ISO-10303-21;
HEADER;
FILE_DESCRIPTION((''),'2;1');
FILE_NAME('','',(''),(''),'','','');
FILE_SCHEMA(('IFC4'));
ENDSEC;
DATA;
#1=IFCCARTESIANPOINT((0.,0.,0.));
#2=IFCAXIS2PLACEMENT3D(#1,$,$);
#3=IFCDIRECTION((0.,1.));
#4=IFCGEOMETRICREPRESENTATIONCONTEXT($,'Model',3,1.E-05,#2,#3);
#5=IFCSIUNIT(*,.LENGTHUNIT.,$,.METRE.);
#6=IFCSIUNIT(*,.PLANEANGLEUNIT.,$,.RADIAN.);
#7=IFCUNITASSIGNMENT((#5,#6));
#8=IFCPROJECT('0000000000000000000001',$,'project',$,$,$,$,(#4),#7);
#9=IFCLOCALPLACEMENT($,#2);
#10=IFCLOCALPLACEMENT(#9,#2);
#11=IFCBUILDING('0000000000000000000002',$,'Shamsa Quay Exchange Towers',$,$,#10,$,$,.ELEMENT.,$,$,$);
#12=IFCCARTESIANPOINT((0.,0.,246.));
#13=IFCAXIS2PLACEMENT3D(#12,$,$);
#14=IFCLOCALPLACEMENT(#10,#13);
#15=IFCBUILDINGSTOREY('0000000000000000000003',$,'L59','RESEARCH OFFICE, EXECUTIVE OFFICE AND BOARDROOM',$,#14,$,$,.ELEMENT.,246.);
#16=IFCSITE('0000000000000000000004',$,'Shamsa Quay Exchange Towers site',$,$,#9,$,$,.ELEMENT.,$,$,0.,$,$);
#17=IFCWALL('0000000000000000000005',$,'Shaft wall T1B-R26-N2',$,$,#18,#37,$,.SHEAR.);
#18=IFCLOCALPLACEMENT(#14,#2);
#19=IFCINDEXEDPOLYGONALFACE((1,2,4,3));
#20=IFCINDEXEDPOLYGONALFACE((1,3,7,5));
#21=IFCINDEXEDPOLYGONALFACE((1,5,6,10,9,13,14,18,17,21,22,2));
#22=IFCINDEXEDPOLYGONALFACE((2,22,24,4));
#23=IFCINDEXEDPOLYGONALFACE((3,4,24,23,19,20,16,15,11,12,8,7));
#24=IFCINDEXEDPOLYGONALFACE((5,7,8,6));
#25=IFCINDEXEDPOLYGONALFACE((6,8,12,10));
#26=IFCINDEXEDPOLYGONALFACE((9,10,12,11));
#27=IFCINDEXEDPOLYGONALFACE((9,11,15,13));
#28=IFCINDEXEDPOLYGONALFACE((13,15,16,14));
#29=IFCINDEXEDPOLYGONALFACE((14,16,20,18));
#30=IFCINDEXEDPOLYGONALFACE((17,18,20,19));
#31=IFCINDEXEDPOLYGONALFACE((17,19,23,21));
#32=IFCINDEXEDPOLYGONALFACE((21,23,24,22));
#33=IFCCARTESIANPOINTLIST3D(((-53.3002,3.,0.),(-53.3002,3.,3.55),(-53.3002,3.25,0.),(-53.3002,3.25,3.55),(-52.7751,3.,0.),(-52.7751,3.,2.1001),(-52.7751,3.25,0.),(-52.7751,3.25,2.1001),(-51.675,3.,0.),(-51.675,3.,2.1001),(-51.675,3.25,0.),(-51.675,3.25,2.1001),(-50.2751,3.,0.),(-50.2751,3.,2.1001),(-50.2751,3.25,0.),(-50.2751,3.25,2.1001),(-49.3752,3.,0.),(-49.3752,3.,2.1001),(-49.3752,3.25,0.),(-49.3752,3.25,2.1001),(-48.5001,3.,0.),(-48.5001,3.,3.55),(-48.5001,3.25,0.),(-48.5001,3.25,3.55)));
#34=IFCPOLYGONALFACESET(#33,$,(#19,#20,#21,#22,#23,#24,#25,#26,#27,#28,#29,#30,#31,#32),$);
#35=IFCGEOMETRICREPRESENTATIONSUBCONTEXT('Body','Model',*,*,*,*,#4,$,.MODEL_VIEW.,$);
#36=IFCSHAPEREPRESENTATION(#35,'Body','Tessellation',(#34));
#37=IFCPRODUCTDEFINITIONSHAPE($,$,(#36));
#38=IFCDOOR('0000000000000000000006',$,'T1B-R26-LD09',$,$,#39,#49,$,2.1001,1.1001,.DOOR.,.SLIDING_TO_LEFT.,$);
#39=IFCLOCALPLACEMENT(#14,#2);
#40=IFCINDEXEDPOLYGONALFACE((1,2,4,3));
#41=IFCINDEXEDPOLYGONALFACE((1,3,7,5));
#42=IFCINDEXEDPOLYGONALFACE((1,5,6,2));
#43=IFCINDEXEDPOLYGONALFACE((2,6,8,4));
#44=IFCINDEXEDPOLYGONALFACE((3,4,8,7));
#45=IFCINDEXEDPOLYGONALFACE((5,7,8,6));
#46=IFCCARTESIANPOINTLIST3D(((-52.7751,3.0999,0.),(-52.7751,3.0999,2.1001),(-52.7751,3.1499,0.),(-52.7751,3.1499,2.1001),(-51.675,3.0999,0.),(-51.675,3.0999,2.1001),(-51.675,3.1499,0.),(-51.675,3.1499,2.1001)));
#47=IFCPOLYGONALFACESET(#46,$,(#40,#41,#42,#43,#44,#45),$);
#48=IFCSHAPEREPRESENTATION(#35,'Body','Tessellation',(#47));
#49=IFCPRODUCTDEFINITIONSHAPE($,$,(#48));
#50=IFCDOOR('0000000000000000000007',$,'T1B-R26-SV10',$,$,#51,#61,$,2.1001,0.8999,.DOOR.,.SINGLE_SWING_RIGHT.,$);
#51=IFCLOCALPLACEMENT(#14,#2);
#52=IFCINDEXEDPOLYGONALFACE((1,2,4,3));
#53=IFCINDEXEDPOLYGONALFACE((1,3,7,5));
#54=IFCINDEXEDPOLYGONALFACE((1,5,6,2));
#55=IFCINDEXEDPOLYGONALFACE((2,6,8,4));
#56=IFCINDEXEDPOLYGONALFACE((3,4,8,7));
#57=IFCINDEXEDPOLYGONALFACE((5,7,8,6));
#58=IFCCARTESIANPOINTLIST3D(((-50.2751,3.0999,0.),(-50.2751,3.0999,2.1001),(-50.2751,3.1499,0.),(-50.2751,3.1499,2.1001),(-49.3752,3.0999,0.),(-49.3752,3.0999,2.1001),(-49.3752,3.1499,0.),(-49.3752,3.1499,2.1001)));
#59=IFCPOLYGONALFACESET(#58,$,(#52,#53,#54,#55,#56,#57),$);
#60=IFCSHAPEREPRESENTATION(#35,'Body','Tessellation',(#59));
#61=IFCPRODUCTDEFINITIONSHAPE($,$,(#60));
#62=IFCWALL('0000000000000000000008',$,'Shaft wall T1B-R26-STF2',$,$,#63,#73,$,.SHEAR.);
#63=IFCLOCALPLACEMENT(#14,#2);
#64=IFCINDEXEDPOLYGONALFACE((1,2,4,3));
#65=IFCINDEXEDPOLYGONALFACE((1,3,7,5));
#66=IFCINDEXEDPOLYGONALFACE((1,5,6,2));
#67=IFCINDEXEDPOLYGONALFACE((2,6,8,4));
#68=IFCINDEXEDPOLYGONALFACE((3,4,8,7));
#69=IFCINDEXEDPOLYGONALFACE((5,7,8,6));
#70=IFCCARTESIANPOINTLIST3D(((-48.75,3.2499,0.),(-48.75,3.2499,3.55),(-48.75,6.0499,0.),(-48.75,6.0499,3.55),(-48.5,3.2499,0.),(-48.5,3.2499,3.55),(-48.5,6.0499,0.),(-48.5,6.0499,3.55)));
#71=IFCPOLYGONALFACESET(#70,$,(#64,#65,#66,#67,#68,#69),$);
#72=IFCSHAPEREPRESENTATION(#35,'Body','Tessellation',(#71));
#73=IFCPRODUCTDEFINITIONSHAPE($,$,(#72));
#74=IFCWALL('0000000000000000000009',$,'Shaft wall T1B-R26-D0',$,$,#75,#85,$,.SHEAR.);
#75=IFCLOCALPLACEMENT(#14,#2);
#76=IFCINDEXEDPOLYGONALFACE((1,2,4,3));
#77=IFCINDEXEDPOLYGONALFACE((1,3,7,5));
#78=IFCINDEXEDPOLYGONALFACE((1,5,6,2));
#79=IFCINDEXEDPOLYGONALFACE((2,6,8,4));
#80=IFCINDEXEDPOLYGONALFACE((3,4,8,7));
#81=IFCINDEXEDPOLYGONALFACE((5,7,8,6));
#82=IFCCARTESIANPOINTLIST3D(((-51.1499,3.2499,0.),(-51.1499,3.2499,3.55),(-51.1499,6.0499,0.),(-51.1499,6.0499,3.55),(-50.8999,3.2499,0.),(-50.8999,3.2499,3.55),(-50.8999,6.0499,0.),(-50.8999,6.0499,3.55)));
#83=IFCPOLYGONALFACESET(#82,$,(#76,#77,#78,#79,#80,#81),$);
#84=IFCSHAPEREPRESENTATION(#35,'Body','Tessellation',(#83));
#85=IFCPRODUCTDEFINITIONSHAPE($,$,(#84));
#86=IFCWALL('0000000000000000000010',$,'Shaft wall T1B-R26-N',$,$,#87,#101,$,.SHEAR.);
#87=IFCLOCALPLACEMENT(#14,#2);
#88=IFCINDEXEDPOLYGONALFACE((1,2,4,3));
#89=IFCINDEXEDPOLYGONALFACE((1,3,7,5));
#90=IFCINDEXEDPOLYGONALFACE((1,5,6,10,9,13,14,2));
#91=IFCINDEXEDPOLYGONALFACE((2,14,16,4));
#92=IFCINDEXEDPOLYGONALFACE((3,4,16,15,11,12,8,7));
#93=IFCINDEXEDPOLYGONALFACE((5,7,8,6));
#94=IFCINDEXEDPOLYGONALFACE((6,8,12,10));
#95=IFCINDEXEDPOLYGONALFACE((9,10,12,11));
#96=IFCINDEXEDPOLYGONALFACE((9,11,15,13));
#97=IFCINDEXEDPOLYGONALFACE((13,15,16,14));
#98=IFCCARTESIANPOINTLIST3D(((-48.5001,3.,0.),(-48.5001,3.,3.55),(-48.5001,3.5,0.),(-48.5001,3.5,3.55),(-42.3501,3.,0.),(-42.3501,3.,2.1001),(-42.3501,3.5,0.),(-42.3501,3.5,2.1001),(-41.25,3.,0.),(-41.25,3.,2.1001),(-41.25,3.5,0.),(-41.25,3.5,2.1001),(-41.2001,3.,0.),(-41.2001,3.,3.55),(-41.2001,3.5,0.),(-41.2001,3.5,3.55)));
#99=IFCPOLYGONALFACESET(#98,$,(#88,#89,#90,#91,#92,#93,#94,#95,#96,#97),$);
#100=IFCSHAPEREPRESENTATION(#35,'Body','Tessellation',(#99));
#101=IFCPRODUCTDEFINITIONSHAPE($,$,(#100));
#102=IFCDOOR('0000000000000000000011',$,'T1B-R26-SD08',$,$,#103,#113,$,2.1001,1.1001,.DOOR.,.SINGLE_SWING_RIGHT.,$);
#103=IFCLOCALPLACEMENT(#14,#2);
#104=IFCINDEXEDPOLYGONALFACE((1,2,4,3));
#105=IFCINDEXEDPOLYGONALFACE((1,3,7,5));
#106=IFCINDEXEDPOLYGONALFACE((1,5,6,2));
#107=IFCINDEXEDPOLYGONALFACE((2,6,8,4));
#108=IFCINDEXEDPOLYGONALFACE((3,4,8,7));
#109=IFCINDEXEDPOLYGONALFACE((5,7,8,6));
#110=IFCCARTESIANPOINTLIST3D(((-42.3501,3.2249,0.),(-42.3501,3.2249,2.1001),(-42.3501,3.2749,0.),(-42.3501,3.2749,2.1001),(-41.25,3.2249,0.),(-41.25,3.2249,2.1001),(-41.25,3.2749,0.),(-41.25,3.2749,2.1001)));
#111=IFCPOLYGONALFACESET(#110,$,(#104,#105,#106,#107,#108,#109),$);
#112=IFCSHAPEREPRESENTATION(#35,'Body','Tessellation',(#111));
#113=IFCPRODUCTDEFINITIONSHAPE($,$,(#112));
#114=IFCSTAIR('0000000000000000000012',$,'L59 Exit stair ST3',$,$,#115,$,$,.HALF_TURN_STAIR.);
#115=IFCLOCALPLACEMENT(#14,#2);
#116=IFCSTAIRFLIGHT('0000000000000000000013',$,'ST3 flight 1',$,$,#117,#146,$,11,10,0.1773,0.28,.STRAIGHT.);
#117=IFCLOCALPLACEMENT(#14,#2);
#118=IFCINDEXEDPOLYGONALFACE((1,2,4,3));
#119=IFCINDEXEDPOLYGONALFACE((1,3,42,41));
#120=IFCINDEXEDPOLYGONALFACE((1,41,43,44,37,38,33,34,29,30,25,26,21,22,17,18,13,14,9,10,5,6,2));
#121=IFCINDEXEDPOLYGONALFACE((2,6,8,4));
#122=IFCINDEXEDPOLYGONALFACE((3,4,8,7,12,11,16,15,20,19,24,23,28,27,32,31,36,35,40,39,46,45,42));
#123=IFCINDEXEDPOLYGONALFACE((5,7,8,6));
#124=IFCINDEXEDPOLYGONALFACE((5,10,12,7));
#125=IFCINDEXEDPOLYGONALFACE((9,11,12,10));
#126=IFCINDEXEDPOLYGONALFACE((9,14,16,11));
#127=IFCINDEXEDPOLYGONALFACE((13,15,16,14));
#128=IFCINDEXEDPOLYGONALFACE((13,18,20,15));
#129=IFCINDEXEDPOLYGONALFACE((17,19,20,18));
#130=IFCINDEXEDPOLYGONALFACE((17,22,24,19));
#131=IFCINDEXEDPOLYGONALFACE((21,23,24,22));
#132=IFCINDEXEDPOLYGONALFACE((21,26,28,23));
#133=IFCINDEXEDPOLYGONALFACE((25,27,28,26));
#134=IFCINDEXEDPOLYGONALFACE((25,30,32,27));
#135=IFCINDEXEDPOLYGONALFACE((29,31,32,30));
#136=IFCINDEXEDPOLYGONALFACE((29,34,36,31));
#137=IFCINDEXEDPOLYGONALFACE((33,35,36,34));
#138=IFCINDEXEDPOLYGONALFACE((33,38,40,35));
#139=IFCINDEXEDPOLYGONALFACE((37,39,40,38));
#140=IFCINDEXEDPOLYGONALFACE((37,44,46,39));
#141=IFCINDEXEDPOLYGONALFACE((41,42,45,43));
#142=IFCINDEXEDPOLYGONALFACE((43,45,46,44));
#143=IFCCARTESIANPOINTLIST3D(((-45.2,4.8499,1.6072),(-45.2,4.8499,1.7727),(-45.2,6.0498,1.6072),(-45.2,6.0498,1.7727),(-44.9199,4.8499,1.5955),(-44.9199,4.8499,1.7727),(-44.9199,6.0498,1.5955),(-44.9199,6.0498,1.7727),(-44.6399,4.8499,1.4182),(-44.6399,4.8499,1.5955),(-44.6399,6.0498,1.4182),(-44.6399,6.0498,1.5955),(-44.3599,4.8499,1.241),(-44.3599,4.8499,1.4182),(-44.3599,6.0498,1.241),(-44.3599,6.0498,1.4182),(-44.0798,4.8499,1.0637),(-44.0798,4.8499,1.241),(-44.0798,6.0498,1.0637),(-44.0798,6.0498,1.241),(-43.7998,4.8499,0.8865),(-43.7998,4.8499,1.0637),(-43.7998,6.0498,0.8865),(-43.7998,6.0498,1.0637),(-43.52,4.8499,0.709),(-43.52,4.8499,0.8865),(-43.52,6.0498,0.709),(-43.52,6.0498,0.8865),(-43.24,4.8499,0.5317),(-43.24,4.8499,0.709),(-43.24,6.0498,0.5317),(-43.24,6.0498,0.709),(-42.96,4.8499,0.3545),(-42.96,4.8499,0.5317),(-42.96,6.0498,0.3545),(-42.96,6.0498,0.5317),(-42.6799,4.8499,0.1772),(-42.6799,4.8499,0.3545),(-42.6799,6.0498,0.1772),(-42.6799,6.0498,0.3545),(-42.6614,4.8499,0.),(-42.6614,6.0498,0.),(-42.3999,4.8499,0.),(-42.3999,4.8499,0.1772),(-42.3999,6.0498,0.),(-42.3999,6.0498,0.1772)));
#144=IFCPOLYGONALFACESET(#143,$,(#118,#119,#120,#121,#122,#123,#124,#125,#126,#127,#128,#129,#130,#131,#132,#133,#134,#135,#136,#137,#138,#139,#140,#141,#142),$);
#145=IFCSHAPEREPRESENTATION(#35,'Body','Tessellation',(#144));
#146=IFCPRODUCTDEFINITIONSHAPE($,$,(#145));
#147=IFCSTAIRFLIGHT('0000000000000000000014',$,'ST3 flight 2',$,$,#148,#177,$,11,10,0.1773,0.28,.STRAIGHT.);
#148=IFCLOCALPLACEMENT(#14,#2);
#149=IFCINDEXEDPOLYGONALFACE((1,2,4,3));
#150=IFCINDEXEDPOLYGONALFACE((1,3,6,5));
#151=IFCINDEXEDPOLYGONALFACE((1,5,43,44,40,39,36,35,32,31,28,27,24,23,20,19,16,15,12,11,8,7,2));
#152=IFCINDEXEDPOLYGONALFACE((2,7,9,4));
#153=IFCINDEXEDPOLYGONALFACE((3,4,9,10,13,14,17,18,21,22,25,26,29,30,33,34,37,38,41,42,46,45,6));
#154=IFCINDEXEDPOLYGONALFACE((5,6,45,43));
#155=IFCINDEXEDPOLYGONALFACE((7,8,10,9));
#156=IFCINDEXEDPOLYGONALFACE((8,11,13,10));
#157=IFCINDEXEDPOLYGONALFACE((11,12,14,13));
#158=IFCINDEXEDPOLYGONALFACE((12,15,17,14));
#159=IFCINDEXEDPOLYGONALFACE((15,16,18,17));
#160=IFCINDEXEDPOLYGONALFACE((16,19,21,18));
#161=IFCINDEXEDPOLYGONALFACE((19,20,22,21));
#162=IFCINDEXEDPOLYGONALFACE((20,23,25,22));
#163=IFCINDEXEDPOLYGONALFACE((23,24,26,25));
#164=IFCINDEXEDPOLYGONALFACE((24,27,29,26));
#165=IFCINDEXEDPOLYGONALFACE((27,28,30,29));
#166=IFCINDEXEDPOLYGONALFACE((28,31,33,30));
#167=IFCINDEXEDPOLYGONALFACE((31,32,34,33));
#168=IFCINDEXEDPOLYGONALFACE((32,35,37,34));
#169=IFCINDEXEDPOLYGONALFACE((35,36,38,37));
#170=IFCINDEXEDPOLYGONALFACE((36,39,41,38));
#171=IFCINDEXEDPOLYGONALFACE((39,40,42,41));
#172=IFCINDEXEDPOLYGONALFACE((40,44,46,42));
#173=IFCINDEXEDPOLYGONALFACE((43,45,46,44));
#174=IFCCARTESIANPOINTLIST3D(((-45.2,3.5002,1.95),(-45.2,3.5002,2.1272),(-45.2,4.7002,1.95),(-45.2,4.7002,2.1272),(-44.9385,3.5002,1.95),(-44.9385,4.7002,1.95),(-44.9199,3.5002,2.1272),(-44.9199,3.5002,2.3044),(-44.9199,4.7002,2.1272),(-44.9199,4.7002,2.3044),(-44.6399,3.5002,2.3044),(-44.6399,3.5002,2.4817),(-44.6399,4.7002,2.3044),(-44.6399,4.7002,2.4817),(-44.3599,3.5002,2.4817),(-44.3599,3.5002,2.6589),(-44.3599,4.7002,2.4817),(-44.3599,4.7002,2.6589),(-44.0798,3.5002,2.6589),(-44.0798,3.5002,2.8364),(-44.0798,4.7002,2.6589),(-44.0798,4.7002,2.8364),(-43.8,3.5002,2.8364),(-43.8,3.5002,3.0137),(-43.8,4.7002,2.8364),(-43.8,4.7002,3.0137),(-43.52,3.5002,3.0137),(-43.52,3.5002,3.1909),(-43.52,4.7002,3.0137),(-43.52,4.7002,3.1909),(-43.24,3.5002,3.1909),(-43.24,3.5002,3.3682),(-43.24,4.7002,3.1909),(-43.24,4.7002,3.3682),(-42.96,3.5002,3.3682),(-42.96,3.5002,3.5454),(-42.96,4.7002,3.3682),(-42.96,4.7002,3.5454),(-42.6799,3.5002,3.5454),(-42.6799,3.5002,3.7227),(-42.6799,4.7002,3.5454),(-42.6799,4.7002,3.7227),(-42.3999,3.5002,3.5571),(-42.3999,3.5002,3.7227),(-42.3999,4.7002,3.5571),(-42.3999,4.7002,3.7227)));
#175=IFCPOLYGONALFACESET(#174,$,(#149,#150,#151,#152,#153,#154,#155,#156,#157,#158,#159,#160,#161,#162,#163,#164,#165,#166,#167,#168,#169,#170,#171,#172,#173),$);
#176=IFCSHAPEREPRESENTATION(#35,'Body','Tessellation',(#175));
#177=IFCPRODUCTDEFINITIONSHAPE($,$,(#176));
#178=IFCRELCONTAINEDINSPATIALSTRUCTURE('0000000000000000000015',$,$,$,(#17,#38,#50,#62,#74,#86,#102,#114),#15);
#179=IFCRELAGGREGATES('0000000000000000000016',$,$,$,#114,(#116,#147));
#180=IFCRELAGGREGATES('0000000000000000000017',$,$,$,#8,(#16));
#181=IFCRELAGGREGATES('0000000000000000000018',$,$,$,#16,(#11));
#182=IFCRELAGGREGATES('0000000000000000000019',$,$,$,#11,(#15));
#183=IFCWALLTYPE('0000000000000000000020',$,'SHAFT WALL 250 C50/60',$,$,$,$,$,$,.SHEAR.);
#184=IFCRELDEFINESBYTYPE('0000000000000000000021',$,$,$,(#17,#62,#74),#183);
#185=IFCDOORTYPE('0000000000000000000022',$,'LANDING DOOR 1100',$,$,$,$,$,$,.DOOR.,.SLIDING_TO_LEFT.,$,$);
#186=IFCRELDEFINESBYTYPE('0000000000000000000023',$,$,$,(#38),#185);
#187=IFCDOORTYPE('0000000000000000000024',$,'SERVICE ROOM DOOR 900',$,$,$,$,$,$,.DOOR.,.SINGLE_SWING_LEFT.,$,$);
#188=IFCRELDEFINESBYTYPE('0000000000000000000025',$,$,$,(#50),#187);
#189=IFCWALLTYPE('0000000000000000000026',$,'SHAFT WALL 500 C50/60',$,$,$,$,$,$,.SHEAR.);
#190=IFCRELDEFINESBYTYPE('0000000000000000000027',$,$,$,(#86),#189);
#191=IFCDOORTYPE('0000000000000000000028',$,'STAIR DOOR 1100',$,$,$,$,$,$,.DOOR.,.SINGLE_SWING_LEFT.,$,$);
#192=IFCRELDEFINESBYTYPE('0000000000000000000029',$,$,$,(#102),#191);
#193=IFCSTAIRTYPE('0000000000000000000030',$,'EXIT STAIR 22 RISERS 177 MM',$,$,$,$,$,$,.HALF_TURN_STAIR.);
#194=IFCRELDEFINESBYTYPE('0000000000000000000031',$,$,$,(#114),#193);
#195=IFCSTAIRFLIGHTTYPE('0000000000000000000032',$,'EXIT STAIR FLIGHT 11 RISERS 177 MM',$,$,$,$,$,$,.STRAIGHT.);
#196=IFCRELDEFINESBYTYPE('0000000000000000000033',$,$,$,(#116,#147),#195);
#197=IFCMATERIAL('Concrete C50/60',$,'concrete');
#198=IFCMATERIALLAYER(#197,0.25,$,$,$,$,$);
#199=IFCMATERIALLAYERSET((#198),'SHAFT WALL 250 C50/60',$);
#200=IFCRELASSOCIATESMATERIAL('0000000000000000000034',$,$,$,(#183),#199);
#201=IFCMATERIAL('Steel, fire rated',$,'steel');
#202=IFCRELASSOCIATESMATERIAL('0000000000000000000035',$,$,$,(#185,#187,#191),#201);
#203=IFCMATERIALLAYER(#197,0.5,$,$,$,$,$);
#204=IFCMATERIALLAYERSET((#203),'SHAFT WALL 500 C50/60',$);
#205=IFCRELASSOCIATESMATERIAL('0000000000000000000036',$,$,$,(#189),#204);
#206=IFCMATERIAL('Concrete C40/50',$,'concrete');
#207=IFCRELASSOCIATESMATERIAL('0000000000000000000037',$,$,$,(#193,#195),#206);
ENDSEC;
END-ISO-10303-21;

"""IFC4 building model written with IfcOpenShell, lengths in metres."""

from ifc_helpers import new_model, si_unit, direction, frame, frame_2d, origin, place, context, subcontext, project, spatial, polyline, rectangle, outline, extrude, material, layer, layer_set, type_object, element, fill, aggregate, save


model = new_model("IFC4")

# Units and contexts
model_context = context("Model", 3, precision=1e-05, world=origin(), true_north=direction((0.0, 1.0)))
body_context = subcontext(model_context, "Body", "Model", "MODEL_VIEW")
ifc_project = project(units=[si_unit("LENGTHUNIT", "METRE"), si_unit("PLANEANGLEUNIT", "RADIAN")], contexts=[model_context])

# Site, building, storey
site_placement = place(None, origin())
site = spatial("IfcSite", under=ifc_project, at=site_placement, Name="Shamsa Quay Exchange Towers site", CompositionType="ELEMENT", RefElevation=0.0)
building_placement = place(site_placement, origin())
building = spatial("IfcBuilding", under=site, at=building_placement, Name="Shamsa Quay Exchange Towers", CompositionType="ELEMENT")
storey_placement = place(building_placement, frame((0.0, 0.0, 246.0)))
storey = spatial("IfcBuildingStorey", under=building, at=storey_placement, Name="L59", Description="RESEARCH OFFICE, EXECUTIVE OFFICE AND BOARDROOM", CompositionType="ELEMENT", Elevation=246.0)

# Wall, openings, doors
ifc_material_1 = material(Name="Concrete C50/60", Category="concrete")
ifc_layer_1 = layer(ifc_material_1, 0.25)
ifc_layer_set_1 = layer_set([ifc_layer_1], Name="SHAFT WALL 250 C50/60")
wall_type_1 = type_object("IfcWallType", Name="SHAFT WALL 250 C50/60", PredefinedType="SHEAR", material=ifc_layer_set_1)
wall_1_placement = place(storey_placement, frame((-53.3, 3.125, 0.0)))
wall_1 = element("IfcWall", 1, at=wall_1_placement, inside=storey, type_object=wall_type_1, Name="Shaft wall T1B-R26-N2", PredefinedType="SHEAR", context=body_context, shape_type="SweptSolid", body=[
    extrude(rectangle(XDim=4.8, YDim=0.25, at=frame_2d((2.3999, 0.0))), origin(), (0.0, 0.0, 1.0), 3.55),
])
opening_1_placement = place(wall_1_placement, frame((0.5249, 0.0, 0.0)))
opening_1 = element("IfcOpeningElement", 2, at=opening_1_placement, cuts=wall_1, PredefinedType="OPENING", context=body_context, shape_type="SweptSolid", body=[
    extrude(rectangle(XDim=1.1001, YDim=2.1001, at=frame_2d((0.55, 1.05))), frame((0.0, 0.135, 0.0), z_axis=(0.0, -1.0, 0.0), x_axis=(1.0, 0.0, 0.0)), (0.0, 0.0, 1.0), 0.27),
])
opening_2_placement = place(wall_1_placement, frame((3.0249, 0.0, 0.0)))
opening_2 = element("IfcOpeningElement", 3, at=opening_2_placement, cuts=wall_1, PredefinedType="OPENING", context=body_context, shape_type="SweptSolid", body=[
    extrude(rectangle(XDim=0.8999, YDim=2.1001, at=frame_2d((0.45, 1.05))), frame((0.0, 0.135, 0.0), z_axis=(0.0, -1.0, 0.0), x_axis=(1.0, 0.0, 0.0)), (0.0, 0.0, 1.0), 0.27),
])
ifc_material_2 = material(Name="Steel, fire rated", Category="steel")
door_type_1 = type_object("IfcDoorType", Name="LANDING DOOR 1100", OperationType="SLIDING_TO_LEFT", PredefinedType="DOOR", material=ifc_material_2)
door_1_placement = place(opening_1_placement, origin())
door_1 = element("IfcDoor", 4, at=door_1_placement, inside=storey, type_object=door_type_1, Name="T1B-R26-LD09", OperationType="SLIDING_TO_LEFT", OverallHeight=2.1001, OverallWidth=1.1001, PredefinedType="DOOR", context=body_context, shape_type="SweptSolid", body=[
    extrude(rectangle(XDim=1.1001, YDim=2.1001, at=frame_2d((0.55, 1.05))), frame((0.0, 0.0249, 0.0), z_axis=(0.0, -1.0, 0.0), x_axis=(1.0, 0.0, 0.0)), (0.0, 0.0, 1.0), 0.05),
])
fill(opening_1, door_1)
door_type_2 = type_object("IfcDoorType", Name="SERVICE ROOM DOOR 900", OperationType="SINGLE_SWING_LEFT", PredefinedType="DOOR", material=ifc_material_2)
door_2_placement = place(opening_2_placement, origin())
door_2 = element("IfcDoor", 5, at=door_2_placement, inside=storey, type_object=door_type_2, Name="T1B-R26-SV10", OperationType="SINGLE_SWING_RIGHT", OverallHeight=2.1001, OverallWidth=0.8999, PredefinedType="DOOR", context=body_context, shape_type="SweptSolid", body=[
    extrude(rectangle(XDim=0.8999, YDim=2.1001, at=frame_2d((0.45, 1.05))), frame((0.0, 0.0249, 0.0), z_axis=(0.0, -1.0, 0.0), x_axis=(1.0, 0.0, 0.0)), (0.0, 0.0, 1.0), 0.05),
])
fill(opening_2, door_2)

# Walls
for number, where, z_axis, x_axis, name in (
    (6, (-48.625, 3.25, 0.0), (0.0, 0.0, 1.0), (0.0, 1.0, 0.0), "Shaft wall T1B-R26-STF2"),
    (7, (-51.0249, 3.25, 0.0), (0.0, 0.0, 1.0), (0.0, 1.0, 0.0), "Shaft wall T1B-R26-D0"),
):
    element("IfcWall", number, at=place(storey_placement, frame(where, z_axis=z_axis, x_axis=x_axis)), inside=storey, type_object=wall_type_1, Name=name, PredefinedType="SHEAR", context=body_context, shape_type="SweptSolid", body=[
        extrude(rectangle(XDim=2.8, YDim=0.25, at=frame_2d((1.3999, 0.0))), origin(), (0.0, 0.0, 1.0), 3.55),
    ])

# Wall, opening, door
ifc_layer_2 = layer(ifc_material_1, 0.5)
ifc_layer_set_2 = layer_set([ifc_layer_2], Name="SHAFT WALL 500 C50/60")
wall_type_2 = type_object("IfcWallType", Name="SHAFT WALL 500 C50/60", PredefinedType="SHEAR", material=ifc_layer_set_2)
wall_2_placement = place(storey_placement, frame((-48.5, 3.25, 0.0)))
wall_2 = element("IfcWall", 8, at=wall_2_placement, inside=storey, type_object=wall_type_2, Name="Shaft wall T1B-R26-N", PredefinedType="SHEAR", context=body_context, shape_type="SweptSolid", body=[
    extrude(rectangle(XDim=7.3, YDim=0.5, at=frame_2d((3.6499, 0.0))), origin(), (0.0, 0.0, 1.0), 3.55),
])
opening_3_placement = place(wall_2_placement, frame((6.1499, 0.0, 0.0)))
opening_3 = element("IfcOpeningElement", 9, at=opening_3_placement, cuts=wall_2, PredefinedType="OPENING", context=body_context, shape_type="SweptSolid", body=[
    extrude(rectangle(XDim=1.1001, YDim=2.1001, at=frame_2d((0.55, 1.05))), frame((0.0, 0.26, 0.0), z_axis=(0.0, -1.0, 0.0), x_axis=(1.0, 0.0, 0.0)), (0.0, 0.0, 1.0), 0.52),
])
door_type_3 = type_object("IfcDoorType", Name="STAIR DOOR 1100", OperationType="SINGLE_SWING_LEFT", PredefinedType="DOOR", material=ifc_material_2)
door_3_placement = place(opening_3_placement, origin())
door_3 = element("IfcDoor", 10, at=door_3_placement, inside=storey, type_object=door_type_3, Name="T1B-R26-SD08", OperationType="SINGLE_SWING_RIGHT", OverallHeight=2.1001, OverallWidth=1.1001, PredefinedType="DOOR", context=body_context, shape_type="SweptSolid", body=[
    extrude(rectangle(XDim=1.1001, YDim=2.1001, at=frame_2d((0.55, 1.05))), frame((0.0, 0.0249, 0.0), z_axis=(0.0, -1.0, 0.0), x_axis=(1.0, 0.0, 0.0)), (0.0, 0.0, 1.0), 0.05),
])
fill(opening_3, door_3)

# Stair, stair flights
ifc_material_3 = material(Name="Concrete C40/50", Category="concrete")
stair_type = type_object("IfcStairType", Name="EXIT STAIR 22 RISERS 177 MM", PredefinedType="HALF_TURN_STAIR", material=ifc_material_3)
stair_placement = place(storey_placement, origin())
stair = element("IfcStair", 11, at=stair_placement, inside=storey, type_object=stair_type, Name="L59 Exit stair ST3", PredefinedType="HALF_TURN_STAIR")
stair_flight_type = type_object("IfcStairFlightType", Name="EXIT STAIR FLIGHT 11 RISERS 177 MM", PredefinedType="STRAIGHT", material=ifc_material_3)
stair_flight_1_placement = place(storey_placement, frame((-42.3999, 5.45, 0.0), z_axis=(0.0, 0.0, 1.0), x_axis=(-1.0, 0.0, 0.0)))
stair_flight_1 = element("IfcStairFlight", 12, at=stair_flight_1_placement, type_object=stair_flight_type, Name="ST3 flight 1", NumberOfRisers=11, NumberOfTreads=10, PredefinedType="STRAIGHT", RiserHeight=0.1773, TreadLength=0.28, context=body_context, shape_type="SweptSolid", body=[
    extrude(outline(polyline([(0.0, 0.0), (0.0, 0.1772), (0.28, 0.1772), (0.28, 0.3545), (0.5601, 0.3545), (0.5601, 0.5317), (0.8401, 0.5317), (0.8401, 0.709), (1.1201, 0.709), (1.1201, 0.8865), (1.3999, 0.8865), (1.3999, 1.0637), (1.6799, 1.0637), (1.6799, 1.241), (1.96, 1.241), (1.96, 1.4182), (2.24, 1.4182), (2.24, 1.5955), (2.52, 1.5955), (2.52, 1.7727), (2.8, 1.7727), (2.8, 1.95), (2.8, 1.6072), (0.2615, 0.0), (0.0, 0.0)])), frame((0.0, 0.6001, 0.0), z_axis=(0.0, -1.0, 0.0), x_axis=(1.0, 0.0, 0.0)), (0.0, 0.0, 1.0), 1.2),
])
stair_flight_2_placement = place(storey_placement, frame((-45.2, 4.1001, 1.95)))
stair_flight_2 = element("IfcStairFlight", 13, at=stair_flight_2_placement, type_object=stair_flight_type, Name="ST3 flight 2", NumberOfRisers=11, NumberOfTreads=10, PredefinedType="STRAIGHT", RiserHeight=0.1773, TreadLength=0.28, context=body_context, shape_type="SweptSolid", body=[
    extrude(outline(polyline([(0.0, 0.0), (0.0, 0.1772), (0.28, 0.1772), (0.28, 0.3545), (0.5601, 0.3545), (0.5601, 0.5317), (0.8401, 0.5317), (0.8401, 0.709), (1.1201, 0.709), (1.1201, 0.8865), (1.3999, 0.8865), (1.3999, 1.0637), (1.6799, 1.0637), (1.6799, 1.241), (1.96, 1.241), (1.96, 1.4182), (2.24, 1.4182), (2.24, 1.5955), (2.52, 1.5955), (2.52, 1.7727), (2.8, 1.7727), (2.8, 1.95), (2.8, 1.6072), (0.2615, 0.0), (0.0, 0.0)])), frame((0.0, 0.6001, 0.0), z_axis=(0.0, -1.0, 0.0), x_axis=(1.0, 0.0, 0.0)), (0.0, 0.0, 1.0), 1.2),
])
aggregate(stair, [stair_flight_1, stair_flight_2])

save(model, "model.ifc")
